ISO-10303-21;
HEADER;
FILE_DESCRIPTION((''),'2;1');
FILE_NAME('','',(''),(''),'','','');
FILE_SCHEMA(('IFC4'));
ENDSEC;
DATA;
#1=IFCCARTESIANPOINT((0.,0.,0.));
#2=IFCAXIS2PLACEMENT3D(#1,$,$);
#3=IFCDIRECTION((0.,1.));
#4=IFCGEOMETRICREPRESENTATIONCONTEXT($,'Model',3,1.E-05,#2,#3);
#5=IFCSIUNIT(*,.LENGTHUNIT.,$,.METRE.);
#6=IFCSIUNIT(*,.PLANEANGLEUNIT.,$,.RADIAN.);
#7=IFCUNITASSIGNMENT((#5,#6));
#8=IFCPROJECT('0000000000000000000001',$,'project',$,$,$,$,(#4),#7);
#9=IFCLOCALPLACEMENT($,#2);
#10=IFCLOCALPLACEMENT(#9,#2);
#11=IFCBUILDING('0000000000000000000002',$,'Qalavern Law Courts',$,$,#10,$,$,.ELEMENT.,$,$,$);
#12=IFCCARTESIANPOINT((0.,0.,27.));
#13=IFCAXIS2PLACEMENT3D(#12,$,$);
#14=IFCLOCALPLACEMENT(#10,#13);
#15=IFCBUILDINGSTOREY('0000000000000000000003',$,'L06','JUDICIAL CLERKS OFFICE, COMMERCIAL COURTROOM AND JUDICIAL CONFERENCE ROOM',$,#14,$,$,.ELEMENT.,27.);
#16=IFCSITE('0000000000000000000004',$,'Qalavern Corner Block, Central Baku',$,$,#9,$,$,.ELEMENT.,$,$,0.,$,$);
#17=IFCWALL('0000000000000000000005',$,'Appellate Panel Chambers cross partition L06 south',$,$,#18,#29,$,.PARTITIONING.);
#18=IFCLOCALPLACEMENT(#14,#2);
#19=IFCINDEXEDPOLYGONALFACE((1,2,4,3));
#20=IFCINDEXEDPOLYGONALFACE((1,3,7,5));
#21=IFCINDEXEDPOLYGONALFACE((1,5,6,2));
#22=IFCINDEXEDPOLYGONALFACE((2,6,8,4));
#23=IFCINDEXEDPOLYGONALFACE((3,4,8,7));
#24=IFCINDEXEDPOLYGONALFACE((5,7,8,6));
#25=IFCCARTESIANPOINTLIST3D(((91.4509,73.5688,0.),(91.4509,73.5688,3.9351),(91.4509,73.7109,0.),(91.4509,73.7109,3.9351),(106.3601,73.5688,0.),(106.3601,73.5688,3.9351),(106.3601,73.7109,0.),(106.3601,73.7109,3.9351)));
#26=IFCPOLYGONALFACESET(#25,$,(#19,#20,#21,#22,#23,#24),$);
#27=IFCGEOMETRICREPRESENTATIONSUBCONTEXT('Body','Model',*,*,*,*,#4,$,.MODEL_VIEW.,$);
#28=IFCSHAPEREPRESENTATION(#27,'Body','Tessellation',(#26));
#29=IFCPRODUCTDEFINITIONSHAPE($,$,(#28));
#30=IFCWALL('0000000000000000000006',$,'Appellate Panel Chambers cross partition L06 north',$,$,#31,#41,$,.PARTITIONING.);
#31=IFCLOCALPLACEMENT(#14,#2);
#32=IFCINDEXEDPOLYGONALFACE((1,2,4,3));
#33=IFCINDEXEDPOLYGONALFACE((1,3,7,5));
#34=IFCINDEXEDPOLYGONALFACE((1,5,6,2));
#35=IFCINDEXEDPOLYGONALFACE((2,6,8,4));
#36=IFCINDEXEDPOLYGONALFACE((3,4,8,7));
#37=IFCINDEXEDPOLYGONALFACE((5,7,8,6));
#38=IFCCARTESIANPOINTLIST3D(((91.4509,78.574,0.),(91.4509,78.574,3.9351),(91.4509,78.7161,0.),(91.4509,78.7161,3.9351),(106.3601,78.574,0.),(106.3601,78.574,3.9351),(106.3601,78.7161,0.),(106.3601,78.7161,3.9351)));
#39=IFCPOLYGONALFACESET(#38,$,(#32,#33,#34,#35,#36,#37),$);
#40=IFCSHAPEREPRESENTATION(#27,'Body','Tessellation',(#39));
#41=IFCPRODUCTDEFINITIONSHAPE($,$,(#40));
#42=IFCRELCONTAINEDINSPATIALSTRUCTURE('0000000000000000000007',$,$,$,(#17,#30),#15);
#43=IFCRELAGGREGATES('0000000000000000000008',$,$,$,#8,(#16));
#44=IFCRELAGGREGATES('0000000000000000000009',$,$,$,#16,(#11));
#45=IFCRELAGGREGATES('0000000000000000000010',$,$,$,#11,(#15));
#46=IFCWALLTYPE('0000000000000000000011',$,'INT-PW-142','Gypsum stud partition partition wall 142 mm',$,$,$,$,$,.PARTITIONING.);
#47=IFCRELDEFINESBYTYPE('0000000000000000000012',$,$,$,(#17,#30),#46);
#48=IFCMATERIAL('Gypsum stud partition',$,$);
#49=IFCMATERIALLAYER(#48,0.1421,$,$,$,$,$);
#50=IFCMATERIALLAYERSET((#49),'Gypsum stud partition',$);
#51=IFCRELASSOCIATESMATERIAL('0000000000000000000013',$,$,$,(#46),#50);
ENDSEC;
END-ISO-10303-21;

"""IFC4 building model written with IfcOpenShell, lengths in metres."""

from ifc_helpers import new_model, si_unit, direction, frame, frame_2d, origin, place, context, subcontext, project, spatial, rectangle, extrude, material, layer, layer_set, type_object, element, save


model = new_model("IFC4")

# Units and contexts
model_context = context("Model", 3, precision=1e-05, world=origin(), true_north=direction((0.0, 1.0)))
body_context = subcontext(model_context, "Body", "Model", "MODEL_VIEW")
ifc_project = project(units=[si_unit("LENGTHUNIT", "METRE"), si_unit("PLANEANGLEUNIT", "RADIAN")], contexts=[model_context])

# Site, building, storey
site_placement = place(None, origin())
site = spatial("IfcSite", under=ifc_project, at=site_placement, Name="Qalavern Corner Block, Central Baku", CompositionType="ELEMENT", RefElevation=0.0)
building_placement = place(site_placement, origin())
building = spatial("IfcBuilding", under=site, at=building_placement, Name="Qalavern Law Courts", CompositionType="ELEMENT")
storey_placement = place(building_placement, frame((0.0, 0.0, 27.0)))
storey = spatial("IfcBuildingStorey", under=building, at=storey_placement, Name="L06", Description="JUDICIAL CLERKS OFFICE, COMMERCIAL COURTROOM AND JUDICIAL CONFERENCE ROOM", CompositionType="ELEMENT", Elevation=27.0)

# Shared definitions
ifc_material_1 = material(Name="Gypsum stud partition")

# Walls
ifc_layer_1 = layer(ifc_material_1, 0.1421)
ifc_layer_set_1 = layer_set([ifc_layer_1], Name="Gypsum stud partition")
wall_type_1 = type_object("IfcWallType", Name="INT-PW-142", Description="Gypsum stud partition partition wall 142 mm", PredefinedType="PARTITIONING", material=ifc_layer_set_1)
for number, where, z_axis, x_axis, name in (
    (1, (91.4509, 73.6399, 0.0), (0.0, 0.0, 1.0), (1.0, 0.0, 0.0), "Appellate Panel Chambers cross partition L06 south"),
    (2, (91.4509, 78.645, 0.0), (0.0, 0.0, 1.0), (1.0, 0.0, 0.0), "Appellate Panel Chambers cross partition L06 north"),
):
    element("IfcWall", number, at=place(storey_placement, frame(where, z_axis=z_axis, x_axis=x_axis)), inside=storey, type_object=wall_type_1, Name=name, PredefinedType="PARTITIONING", context=body_context, shape_type="SweptSolid", body=[
        extrude(rectangle(XDim=14.9092, YDim=0.1421, at=frame_2d((7.4546, 0.0))), origin(), (0.0, 0.0, 1.0), 3.9351),
    ])

save(model, "model.ifc")
